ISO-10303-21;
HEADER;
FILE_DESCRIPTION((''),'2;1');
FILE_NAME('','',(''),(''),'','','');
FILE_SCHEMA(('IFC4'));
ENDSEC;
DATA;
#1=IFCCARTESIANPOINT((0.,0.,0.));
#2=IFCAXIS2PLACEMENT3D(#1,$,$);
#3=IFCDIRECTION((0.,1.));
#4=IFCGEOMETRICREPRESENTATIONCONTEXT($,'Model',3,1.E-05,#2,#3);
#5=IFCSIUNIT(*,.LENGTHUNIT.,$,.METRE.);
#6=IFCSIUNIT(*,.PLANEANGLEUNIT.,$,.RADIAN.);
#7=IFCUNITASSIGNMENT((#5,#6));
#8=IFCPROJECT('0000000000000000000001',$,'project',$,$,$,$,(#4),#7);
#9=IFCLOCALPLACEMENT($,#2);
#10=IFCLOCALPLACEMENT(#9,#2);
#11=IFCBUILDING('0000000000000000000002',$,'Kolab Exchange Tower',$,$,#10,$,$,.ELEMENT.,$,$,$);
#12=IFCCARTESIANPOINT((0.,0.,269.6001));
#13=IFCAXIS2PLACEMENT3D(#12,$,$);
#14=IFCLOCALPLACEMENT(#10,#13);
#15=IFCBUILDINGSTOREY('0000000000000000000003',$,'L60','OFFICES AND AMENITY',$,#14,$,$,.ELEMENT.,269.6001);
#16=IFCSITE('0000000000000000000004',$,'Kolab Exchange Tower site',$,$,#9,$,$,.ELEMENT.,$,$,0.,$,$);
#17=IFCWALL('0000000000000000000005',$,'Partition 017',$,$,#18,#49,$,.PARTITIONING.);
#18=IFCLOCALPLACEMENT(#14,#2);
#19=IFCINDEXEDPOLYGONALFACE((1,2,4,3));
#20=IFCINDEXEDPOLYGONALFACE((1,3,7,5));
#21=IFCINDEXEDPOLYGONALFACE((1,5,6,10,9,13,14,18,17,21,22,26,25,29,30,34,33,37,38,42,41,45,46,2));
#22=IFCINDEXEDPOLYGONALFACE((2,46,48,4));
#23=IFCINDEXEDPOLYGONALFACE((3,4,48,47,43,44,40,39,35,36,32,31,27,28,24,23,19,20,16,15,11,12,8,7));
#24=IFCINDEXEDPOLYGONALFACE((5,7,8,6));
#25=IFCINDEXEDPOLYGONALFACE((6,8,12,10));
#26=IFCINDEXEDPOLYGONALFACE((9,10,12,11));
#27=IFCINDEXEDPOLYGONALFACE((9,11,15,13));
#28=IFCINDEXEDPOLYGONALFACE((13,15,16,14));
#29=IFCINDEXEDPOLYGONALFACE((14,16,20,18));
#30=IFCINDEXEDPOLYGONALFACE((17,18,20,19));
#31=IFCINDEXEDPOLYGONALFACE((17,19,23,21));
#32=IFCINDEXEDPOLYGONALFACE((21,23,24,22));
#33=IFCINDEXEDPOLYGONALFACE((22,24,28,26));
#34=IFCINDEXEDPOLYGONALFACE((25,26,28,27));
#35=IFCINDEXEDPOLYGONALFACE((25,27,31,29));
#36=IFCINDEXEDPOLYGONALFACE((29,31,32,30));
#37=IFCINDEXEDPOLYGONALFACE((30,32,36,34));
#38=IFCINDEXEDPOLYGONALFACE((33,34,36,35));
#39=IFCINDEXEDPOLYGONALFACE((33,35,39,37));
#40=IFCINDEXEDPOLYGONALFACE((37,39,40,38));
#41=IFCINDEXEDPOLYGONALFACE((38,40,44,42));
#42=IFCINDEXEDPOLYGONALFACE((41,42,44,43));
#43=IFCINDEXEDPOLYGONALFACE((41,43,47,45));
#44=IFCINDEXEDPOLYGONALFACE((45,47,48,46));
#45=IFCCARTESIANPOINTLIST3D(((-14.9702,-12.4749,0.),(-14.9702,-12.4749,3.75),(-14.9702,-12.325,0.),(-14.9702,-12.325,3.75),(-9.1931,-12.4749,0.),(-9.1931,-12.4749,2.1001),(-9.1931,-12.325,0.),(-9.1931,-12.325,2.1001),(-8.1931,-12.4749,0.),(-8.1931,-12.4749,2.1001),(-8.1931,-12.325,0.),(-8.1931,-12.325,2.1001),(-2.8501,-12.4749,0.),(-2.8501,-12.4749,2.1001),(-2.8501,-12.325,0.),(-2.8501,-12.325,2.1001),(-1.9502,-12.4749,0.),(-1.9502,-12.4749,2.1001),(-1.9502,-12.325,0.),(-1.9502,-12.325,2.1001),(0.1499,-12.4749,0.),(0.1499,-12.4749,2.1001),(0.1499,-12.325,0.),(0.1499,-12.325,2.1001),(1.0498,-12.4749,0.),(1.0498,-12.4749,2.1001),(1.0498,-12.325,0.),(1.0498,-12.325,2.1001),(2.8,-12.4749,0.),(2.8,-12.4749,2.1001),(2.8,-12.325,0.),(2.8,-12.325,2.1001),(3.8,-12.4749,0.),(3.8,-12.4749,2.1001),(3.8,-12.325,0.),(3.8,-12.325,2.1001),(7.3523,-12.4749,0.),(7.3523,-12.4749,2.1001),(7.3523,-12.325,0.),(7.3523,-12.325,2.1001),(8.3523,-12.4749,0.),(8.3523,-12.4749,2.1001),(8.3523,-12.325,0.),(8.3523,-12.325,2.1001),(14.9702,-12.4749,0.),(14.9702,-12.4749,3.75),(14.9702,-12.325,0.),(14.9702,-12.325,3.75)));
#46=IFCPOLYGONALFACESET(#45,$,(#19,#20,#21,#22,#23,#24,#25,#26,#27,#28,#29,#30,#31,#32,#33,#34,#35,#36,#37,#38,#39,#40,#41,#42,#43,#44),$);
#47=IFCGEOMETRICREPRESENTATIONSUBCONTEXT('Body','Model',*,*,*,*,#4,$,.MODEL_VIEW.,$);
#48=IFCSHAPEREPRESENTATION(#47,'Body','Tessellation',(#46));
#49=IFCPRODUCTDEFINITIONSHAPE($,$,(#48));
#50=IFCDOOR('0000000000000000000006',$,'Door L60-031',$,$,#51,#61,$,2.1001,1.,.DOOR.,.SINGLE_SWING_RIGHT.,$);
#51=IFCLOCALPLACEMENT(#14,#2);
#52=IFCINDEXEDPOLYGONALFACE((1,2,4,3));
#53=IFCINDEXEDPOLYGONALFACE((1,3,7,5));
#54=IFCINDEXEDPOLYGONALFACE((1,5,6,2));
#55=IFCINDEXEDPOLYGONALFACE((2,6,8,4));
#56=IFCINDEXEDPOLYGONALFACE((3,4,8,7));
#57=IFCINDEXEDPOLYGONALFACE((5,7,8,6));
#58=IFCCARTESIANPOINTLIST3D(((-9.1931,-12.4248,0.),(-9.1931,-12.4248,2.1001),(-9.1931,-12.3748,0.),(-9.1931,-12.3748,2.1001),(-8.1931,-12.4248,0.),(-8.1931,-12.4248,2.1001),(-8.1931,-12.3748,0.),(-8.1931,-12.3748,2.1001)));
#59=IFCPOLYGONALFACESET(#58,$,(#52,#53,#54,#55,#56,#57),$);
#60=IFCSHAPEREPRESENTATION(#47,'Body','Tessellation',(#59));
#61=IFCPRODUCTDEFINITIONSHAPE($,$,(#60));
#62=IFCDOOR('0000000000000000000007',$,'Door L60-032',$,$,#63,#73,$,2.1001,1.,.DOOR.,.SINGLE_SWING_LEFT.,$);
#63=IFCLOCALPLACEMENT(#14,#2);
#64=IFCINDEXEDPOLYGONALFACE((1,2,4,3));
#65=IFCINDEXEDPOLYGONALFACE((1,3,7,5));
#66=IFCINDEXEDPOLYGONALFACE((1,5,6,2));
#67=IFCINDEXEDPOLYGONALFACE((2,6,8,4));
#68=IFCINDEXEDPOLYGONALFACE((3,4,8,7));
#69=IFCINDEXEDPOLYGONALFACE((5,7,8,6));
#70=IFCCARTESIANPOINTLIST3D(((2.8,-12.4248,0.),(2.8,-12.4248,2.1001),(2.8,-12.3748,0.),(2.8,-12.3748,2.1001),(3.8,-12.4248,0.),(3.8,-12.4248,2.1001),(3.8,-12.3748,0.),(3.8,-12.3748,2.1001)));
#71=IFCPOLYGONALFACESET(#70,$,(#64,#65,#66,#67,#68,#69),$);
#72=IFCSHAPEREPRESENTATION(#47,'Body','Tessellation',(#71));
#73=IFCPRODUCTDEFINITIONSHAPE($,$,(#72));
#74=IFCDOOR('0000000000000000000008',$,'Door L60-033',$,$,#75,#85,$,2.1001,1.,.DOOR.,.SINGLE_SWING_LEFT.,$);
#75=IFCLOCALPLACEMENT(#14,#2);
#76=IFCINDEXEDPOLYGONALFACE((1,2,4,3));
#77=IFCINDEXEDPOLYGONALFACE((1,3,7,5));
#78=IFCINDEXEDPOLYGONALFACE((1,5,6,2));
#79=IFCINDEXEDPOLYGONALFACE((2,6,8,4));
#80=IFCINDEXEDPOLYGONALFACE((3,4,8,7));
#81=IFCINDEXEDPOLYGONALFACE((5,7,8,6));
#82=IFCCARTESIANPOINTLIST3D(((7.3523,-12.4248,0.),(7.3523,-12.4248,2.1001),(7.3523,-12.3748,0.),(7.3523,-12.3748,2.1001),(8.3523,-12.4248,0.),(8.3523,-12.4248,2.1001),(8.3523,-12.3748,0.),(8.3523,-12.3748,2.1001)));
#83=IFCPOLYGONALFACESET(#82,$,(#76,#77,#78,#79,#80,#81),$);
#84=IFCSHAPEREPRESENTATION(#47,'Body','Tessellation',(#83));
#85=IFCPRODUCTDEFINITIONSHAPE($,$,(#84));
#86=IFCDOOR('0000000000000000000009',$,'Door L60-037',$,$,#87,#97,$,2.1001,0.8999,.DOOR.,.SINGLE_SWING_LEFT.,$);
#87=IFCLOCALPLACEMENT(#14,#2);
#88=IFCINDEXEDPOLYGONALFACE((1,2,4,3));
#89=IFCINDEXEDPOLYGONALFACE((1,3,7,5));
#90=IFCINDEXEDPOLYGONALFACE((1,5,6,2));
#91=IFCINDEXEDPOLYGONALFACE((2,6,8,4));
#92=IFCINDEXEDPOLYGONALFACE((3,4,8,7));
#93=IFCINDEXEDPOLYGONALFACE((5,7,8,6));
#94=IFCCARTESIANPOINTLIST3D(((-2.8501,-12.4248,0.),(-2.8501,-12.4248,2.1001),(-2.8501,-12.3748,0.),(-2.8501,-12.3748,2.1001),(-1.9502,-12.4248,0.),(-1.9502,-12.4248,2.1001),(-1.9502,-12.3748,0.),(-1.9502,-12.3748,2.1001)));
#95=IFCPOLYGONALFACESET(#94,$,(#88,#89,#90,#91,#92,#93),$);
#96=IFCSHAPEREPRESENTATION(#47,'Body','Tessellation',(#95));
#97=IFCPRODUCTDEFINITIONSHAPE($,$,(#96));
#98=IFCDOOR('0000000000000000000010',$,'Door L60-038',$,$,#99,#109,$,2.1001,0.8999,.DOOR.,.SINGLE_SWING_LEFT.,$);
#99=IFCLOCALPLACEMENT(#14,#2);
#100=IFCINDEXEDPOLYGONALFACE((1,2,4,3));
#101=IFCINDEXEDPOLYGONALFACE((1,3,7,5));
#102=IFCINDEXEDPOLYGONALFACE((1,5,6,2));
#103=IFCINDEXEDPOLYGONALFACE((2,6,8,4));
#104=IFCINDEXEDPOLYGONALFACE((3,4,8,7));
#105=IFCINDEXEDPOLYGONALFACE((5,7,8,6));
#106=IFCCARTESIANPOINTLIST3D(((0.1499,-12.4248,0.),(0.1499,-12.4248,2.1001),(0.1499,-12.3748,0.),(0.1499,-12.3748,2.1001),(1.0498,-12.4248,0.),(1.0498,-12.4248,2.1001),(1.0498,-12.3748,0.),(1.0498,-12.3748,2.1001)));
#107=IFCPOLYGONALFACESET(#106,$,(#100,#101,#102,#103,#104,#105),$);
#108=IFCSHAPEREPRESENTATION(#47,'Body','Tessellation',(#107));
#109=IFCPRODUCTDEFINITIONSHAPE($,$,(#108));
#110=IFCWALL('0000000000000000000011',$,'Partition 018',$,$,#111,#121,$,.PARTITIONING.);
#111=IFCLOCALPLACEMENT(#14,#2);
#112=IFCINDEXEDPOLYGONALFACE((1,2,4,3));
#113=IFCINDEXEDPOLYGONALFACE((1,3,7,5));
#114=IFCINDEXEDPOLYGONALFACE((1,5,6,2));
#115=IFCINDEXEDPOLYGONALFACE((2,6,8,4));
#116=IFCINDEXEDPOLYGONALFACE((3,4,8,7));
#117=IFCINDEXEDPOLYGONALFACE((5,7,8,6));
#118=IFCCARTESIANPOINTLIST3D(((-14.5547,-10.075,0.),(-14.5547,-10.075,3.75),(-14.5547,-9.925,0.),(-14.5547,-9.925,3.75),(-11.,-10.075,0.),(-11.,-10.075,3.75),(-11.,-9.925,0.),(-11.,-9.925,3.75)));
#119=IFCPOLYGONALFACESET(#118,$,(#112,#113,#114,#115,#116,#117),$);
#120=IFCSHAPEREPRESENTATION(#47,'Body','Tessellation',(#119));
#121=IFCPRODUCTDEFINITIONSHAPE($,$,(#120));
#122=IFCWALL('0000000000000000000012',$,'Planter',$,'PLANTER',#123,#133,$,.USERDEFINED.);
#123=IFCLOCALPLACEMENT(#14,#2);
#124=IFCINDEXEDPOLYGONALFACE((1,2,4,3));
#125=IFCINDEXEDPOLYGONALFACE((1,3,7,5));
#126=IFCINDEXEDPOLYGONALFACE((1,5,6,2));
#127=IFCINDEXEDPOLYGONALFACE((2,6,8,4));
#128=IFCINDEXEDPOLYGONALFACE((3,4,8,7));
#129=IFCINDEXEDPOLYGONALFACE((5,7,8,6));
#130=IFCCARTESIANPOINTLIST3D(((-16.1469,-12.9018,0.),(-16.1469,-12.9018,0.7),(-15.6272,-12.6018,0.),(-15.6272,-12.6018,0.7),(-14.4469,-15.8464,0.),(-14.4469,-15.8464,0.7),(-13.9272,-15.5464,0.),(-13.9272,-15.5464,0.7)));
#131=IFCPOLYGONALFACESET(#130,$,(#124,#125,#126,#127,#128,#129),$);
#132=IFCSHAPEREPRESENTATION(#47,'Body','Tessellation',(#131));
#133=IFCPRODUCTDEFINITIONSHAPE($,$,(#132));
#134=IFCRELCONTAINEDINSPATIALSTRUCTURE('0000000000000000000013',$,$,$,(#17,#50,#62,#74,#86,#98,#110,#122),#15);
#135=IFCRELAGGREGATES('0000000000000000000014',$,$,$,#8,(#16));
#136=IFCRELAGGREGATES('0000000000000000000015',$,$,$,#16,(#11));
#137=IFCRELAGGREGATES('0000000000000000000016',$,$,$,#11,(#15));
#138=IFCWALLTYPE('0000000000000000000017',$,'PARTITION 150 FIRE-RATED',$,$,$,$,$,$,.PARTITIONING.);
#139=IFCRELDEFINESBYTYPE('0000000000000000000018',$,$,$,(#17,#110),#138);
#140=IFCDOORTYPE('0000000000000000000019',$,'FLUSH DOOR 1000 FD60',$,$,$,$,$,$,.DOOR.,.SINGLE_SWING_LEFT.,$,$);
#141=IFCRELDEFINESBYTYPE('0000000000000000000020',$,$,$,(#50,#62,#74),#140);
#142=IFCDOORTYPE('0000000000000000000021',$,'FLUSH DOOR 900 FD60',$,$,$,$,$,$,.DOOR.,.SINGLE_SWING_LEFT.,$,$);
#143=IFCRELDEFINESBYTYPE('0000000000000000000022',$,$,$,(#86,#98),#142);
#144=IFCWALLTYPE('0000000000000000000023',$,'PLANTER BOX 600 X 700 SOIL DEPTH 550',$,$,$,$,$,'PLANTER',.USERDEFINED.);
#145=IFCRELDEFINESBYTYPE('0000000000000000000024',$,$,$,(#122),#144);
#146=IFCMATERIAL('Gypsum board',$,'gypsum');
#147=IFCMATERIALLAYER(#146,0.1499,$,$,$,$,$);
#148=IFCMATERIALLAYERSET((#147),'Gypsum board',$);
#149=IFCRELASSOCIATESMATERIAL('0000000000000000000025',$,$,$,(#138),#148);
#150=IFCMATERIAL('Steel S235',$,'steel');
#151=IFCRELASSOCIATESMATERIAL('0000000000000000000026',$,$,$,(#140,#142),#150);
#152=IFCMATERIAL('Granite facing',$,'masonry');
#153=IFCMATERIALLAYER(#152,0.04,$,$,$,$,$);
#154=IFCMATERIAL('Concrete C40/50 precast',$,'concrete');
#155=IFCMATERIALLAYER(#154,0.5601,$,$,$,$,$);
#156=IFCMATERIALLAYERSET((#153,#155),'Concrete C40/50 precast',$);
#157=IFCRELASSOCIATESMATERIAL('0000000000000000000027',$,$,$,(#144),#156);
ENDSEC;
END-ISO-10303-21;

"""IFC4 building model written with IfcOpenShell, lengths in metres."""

from ifc_helpers import new_model, si_unit, direction, frame, frame_2d, origin, place, context, subcontext, project, spatial, rectangle, extrude, material, layer, layer_set, type_object, element, fill, save


model = new_model("IFC4")

# Units and contexts
model_context = context("Model", 3, precision=1e-05, world=origin(), true_north=direction((0.0, 1.0)))
body_context = subcontext(model_context, "Body", "Model", "MODEL_VIEW")
ifc_project = project(units=[si_unit("LENGTHUNIT", "METRE"), si_unit("PLANEANGLEUNIT", "RADIAN")], contexts=[model_context])

# Site, building, storey
site_placement = place(None, origin())
site = spatial("IfcSite", under=ifc_project, at=site_placement, Name="Kolab Exchange Tower site", CompositionType="ELEMENT", RefElevation=0.0)
building_placement = place(site_placement, origin())
building = spatial("IfcBuilding", under=site, at=building_placement, Name="Kolab Exchange Tower", CompositionType="ELEMENT")
storey_placement = place(building_placement, frame((0.0, 0.0, 269.6001)))
storey = spatial("IfcBuildingStorey", under=building, at=storey_placement, Name="L60", Description="OFFICES AND AMENITY", CompositionType="ELEMENT", Elevation=269.6001)

# Wall, openings, doors
ifc_material_1 = material(Name="Gypsum board", Category="gypsum")
ifc_layer_1 = layer(ifc_material_1, 0.1499)
ifc_layer_set_1 = layer_set([ifc_layer_1], Name="Gypsum board")
wall_type_1 = type_object("IfcWallType", Name="PARTITION 150 FIRE-RATED", PredefinedType="PARTITIONING", material=ifc_layer_set_1)
wall_1_placement = place(storey_placement, frame((-14.9702, -12.3999, 0.0), z_axis=(0.0, 0.0, 1.0), x_axis=(1.0, 0.0, 0.0)))
wall_1 = element("IfcWall", 1, at=wall_1_placement, inside=storey, type_object=wall_type_1, Name="Partition 017", PredefinedType="PARTITIONING", context=body_context, shape_type="SweptSolid", body=[
    extrude(rectangle(XDim=29.9404, YDim=0.1499, at=frame_2d((14.9702, 0.0))), origin(), (0.0, 0.0, 1.0), 3.75),
])
opening_1_placement = place(wall_1_placement, frame((5.7771, 0.0, 0.0)))
opening_1 = element("IfcOpeningElement", 2, at=opening_1_placement, cuts=wall_1, PredefinedType="OPENING", context=body_context, shape_type="SweptSolid", body=[
    extrude(rectangle(XDim=1.0, YDim=2.1001, at=frame_2d((0.5, 1.05))), frame((0.0, 0.085, 0.0), z_axis=(0.0, -1.0, 0.0), x_axis=(1.0, 0.0, 0.0)), (0.0, 0.0, 1.0), 0.1699),
])
opening_2_placement = place(wall_1_placement, frame((17.7703, 0.0, 0.0)))
opening_2 = element("IfcOpeningElement", 3, at=opening_2_placement, cuts=wall_1, PredefinedType="OPENING", context=body_context, shape_type="SweptSolid", body=[
    extrude(rectangle(XDim=1.0, YDim=2.1001, at=frame_2d((0.5, 1.05))), frame((0.0, 0.085, 0.0), z_axis=(0.0, -1.0, 0.0), x_axis=(1.0, 0.0, 0.0)), (0.0, 0.0, 1.0), 0.1699),
])
opening_3_placement = place(wall_1_placement, frame((22.3225, 0.0, 0.0)))
opening_3 = element("IfcOpeningElement", 4, at=opening_3_placement, cuts=wall_1, PredefinedType="OPENING", context=body_context, shape_type="SweptSolid", body=[
    extrude(rectangle(XDim=1.0, YDim=2.1001, at=frame_2d((0.5, 1.05))), frame((0.0, 0.085, 0.0), z_axis=(0.0, -1.0, 0.0), x_axis=(1.0, 0.0, 0.0)), (0.0, 0.0, 1.0), 0.1699),
])
opening_4_placement = place(wall_1_placement, frame((12.1201, 0.0, 0.0)))
opening_4 = element("IfcOpeningElement", 5, at=opening_4_placement, cuts=wall_1, PredefinedType="OPENING", context=body_context, shape_type="SweptSolid", body=[
    extrude(rectangle(XDim=0.8999, YDim=2.1001, at=frame_2d((0.45, 1.05))), frame((0.0, 0.085, 0.0), z_axis=(0.0, -1.0, 0.0), x_axis=(1.0, 0.0, 0.0)), (0.0, 0.0, 1.0), 0.1699),
])
opening_5_placement = place(wall_1_placement, frame((15.1201, 0.0, 0.0)))
opening_5 = element("IfcOpeningElement", 6, at=opening_5_placement, cuts=wall_1, PredefinedType="OPENING", context=body_context, shape_type="SweptSolid", body=[
    extrude(rectangle(XDim=0.8999, YDim=2.1001, at=frame_2d((0.45, 1.05))), frame((0.0, 0.085, 0.0), z_axis=(0.0, -1.0, 0.0), x_axis=(1.0, 0.0, 0.0)), (0.0, 0.0, 1.0), 0.1699),
])
ifc_material_2 = material(Name="Steel S235", Category="steel")
door_type_1 = type_object("IfcDoorType", Name="FLUSH DOOR 1000 FD60", OperationType="SINGLE_SWING_LEFT", PredefinedType="DOOR", material=ifc_material_2)
door_1_placement = place(opening_1_placement, frame((1.0, 0.0, 0.0), z_axis=(0.0, 0.0, 1.0), x_axis=(-1.0, 0.0, 0.0)))
door_1 = element("IfcDoor", 7, at=door_1_placement, inside=storey, type_object=door_type_1, Name="Door L60-031", OperationType="SINGLE_SWING_RIGHT", OverallHeight=2.1001, OverallWidth=1.0, PredefinedType="DOOR", context=body_context, shape_type="SweptSolid", body=[
    extrude(rectangle(XDim=1.0, YDim=2.1001, at=frame_2d((0.5, 1.05))), frame((0.0, 0.0249, 0.0), z_axis=(0.0, -1.0, 0.0), x_axis=(1.0, 0.0, 0.0)), (0.0, 0.0, 1.0), 0.05),
])
fill(opening_1, door_1)
door_2_placement = place(opening_2_placement, frame((1.0, 0.0, 0.0), z_axis=(0.0, 0.0, 1.0), x_axis=(-1.0, 0.0, 0.0)))
door_2 = element("IfcDoor", 8, at=door_2_placement, inside=storey, type_object=door_type_1, Name="Door L60-032", OperationType="SINGLE_SWING_LEFT", OverallHeight=2.1001, OverallWidth=1.0, PredefinedType="DOOR", context=body_context, shape_type="SweptSolid", body=[
    extrude(rectangle(XDim=1.0, YDim=2.1001, at=frame_2d((0.5, 1.05))), frame((0.0, 0.0249, 0.0), z_axis=(0.0, -1.0, 0.0), x_axis=(1.0, 0.0, 0.0)), (0.0, 0.0, 1.0), 0.05),
])
fill(opening_2, door_2)
door_3_placement = place(opening_3_placement, frame((1.0, 0.0, 0.0), z_axis=(0.0, 0.0, 1.0), x_axis=(-1.0, 0.0, 0.0)))
door_3 = element("IfcDoor", 9, at=door_3_placement, inside=storey, type_object=door_type_1, Name="Door L60-033", OperationType="SINGLE_SWING_LEFT", OverallHeight=2.1001, OverallWidth=1.0, PredefinedType="DOOR", context=body_context, shape_type="SweptSolid", body=[
    extrude(rectangle(XDim=1.0, YDim=2.1001, at=frame_2d((0.5, 1.05))), frame((0.0, 0.0249, 0.0), z_axis=(0.0, -1.0, 0.0), x_axis=(1.0, 0.0, 0.0)), (0.0, 0.0, 1.0), 0.05),
])
fill(opening_3, door_3)
door_type_2 = type_object("IfcDoorType", Name="FLUSH DOOR 900 FD60", OperationType="SINGLE_SWING_LEFT", PredefinedType="DOOR", material=ifc_material_2)
door_4_placement = place(opening_4_placement, frame((0.8999, 0.0, 0.0), z_axis=(0.0, 0.0, 1.0), x_axis=(-1.0, 0.0, 0.0)))
door_4 = element("IfcDoor", 10, at=door_4_placement, inside=storey, type_object=door_type_2, Name="Door L60-037", OperationType="SINGLE_SWING_LEFT", OverallHeight=2.1001, OverallWidth=0.8999, PredefinedType="DOOR", context=body_context, shape_type="SweptSolid", body=[
    extrude(rectangle(XDim=0.8999, YDim=2.1001, at=frame_2d((0.45, 1.05))), frame((0.0, 0.0249, 0.0), z_axis=(0.0, -1.0, 0.0), x_axis=(1.0, 0.0, 0.0)), (0.0, 0.0, 1.0), 0.05),
])
fill(opening_4, door_4)
door_5_placement = place(opening_5_placement, frame((0.8999, 0.0, 0.0), z_axis=(0.0, 0.0, 1.0), x_axis=(-1.0, 0.0, 0.0)))
door_5 = element("IfcDoor", 11, at=door_5_placement, inside=storey, type_object=door_type_2, Name="Door L60-038", OperationType="SINGLE_SWING_LEFT", OverallHeight=2.1001, OverallWidth=0.8999, PredefinedType="DOOR", context=body_context, shape_type="SweptSolid", body=[
    extrude(rectangle(XDim=0.8999, YDim=2.1001, at=frame_2d((0.45, 1.05))), frame((0.0, 0.0249, 0.0), z_axis=(0.0, -1.0, 0.0), x_axis=(1.0, 0.0, 0.0)), (0.0, 0.0, 1.0), 0.05),
])
fill(opening_5, door_5)

# Walls
wall_2_placement = place(storey_placement, frame((-14.5547, -10.0, 0.0), z_axis=(0.0, 0.0, 1.0), x_axis=(1.0, 0.0, 0.0)))
element("IfcWall", 12, at=wall_2_placement, inside=storey, type_object=wall_type_1, Name="Partition 018", PredefinedType="PARTITIONING", context=body_context, shape_type="SweptSolid", body=[
    extrude(rectangle(XDim=3.5547, YDim=0.1499, at=frame_2d((1.7773, 0.0))), origin(), (0.0, 0.0, 1.0), 3.75),
])
ifc_material_3 = material(Name="Granite facing", Category="masonry")
ifc_layer_2 = layer(ifc_material_3, 0.04)
ifc_material_4 = material(Name="Concrete C40/50 precast", Category="concrete")
ifc_layer_3 = layer(ifc_material_4, 0.5601)
ifc_layer_set_2 = layer_set([ifc_layer_2, ifc_layer_3], Name="Concrete C40/50 precast")
wall_type_2 = type_object("IfcWallType", Name="PLANTER BOX 600 X 700 SOIL DEPTH 550", ElementType="PLANTER", PredefinedType="USERDEFINED", material=ifc_layer_set_2)
wall_3_placement = place(storey_placement, frame((-14.187, -15.6965, 0.0), z_axis=(0.0, 0.0, 1.0), x_axis=(-0.499977, 0.866039, 0.0)))
element("IfcWall", 13, at=wall_3_placement, inside=storey, type_object=wall_type_2, Name="Planter", ObjectType="PLANTER", PredefinedType="USERDEFINED", context=body_context, shape_type="SweptSolid", body=[
    extrude(rectangle(XDim=3.4001, YDim=0.6001, at=frame_2d((1.7002, 0.0))), origin(), (0.0, 0.0, 1.0), 0.7),
])

save(model, "model.ifc")
